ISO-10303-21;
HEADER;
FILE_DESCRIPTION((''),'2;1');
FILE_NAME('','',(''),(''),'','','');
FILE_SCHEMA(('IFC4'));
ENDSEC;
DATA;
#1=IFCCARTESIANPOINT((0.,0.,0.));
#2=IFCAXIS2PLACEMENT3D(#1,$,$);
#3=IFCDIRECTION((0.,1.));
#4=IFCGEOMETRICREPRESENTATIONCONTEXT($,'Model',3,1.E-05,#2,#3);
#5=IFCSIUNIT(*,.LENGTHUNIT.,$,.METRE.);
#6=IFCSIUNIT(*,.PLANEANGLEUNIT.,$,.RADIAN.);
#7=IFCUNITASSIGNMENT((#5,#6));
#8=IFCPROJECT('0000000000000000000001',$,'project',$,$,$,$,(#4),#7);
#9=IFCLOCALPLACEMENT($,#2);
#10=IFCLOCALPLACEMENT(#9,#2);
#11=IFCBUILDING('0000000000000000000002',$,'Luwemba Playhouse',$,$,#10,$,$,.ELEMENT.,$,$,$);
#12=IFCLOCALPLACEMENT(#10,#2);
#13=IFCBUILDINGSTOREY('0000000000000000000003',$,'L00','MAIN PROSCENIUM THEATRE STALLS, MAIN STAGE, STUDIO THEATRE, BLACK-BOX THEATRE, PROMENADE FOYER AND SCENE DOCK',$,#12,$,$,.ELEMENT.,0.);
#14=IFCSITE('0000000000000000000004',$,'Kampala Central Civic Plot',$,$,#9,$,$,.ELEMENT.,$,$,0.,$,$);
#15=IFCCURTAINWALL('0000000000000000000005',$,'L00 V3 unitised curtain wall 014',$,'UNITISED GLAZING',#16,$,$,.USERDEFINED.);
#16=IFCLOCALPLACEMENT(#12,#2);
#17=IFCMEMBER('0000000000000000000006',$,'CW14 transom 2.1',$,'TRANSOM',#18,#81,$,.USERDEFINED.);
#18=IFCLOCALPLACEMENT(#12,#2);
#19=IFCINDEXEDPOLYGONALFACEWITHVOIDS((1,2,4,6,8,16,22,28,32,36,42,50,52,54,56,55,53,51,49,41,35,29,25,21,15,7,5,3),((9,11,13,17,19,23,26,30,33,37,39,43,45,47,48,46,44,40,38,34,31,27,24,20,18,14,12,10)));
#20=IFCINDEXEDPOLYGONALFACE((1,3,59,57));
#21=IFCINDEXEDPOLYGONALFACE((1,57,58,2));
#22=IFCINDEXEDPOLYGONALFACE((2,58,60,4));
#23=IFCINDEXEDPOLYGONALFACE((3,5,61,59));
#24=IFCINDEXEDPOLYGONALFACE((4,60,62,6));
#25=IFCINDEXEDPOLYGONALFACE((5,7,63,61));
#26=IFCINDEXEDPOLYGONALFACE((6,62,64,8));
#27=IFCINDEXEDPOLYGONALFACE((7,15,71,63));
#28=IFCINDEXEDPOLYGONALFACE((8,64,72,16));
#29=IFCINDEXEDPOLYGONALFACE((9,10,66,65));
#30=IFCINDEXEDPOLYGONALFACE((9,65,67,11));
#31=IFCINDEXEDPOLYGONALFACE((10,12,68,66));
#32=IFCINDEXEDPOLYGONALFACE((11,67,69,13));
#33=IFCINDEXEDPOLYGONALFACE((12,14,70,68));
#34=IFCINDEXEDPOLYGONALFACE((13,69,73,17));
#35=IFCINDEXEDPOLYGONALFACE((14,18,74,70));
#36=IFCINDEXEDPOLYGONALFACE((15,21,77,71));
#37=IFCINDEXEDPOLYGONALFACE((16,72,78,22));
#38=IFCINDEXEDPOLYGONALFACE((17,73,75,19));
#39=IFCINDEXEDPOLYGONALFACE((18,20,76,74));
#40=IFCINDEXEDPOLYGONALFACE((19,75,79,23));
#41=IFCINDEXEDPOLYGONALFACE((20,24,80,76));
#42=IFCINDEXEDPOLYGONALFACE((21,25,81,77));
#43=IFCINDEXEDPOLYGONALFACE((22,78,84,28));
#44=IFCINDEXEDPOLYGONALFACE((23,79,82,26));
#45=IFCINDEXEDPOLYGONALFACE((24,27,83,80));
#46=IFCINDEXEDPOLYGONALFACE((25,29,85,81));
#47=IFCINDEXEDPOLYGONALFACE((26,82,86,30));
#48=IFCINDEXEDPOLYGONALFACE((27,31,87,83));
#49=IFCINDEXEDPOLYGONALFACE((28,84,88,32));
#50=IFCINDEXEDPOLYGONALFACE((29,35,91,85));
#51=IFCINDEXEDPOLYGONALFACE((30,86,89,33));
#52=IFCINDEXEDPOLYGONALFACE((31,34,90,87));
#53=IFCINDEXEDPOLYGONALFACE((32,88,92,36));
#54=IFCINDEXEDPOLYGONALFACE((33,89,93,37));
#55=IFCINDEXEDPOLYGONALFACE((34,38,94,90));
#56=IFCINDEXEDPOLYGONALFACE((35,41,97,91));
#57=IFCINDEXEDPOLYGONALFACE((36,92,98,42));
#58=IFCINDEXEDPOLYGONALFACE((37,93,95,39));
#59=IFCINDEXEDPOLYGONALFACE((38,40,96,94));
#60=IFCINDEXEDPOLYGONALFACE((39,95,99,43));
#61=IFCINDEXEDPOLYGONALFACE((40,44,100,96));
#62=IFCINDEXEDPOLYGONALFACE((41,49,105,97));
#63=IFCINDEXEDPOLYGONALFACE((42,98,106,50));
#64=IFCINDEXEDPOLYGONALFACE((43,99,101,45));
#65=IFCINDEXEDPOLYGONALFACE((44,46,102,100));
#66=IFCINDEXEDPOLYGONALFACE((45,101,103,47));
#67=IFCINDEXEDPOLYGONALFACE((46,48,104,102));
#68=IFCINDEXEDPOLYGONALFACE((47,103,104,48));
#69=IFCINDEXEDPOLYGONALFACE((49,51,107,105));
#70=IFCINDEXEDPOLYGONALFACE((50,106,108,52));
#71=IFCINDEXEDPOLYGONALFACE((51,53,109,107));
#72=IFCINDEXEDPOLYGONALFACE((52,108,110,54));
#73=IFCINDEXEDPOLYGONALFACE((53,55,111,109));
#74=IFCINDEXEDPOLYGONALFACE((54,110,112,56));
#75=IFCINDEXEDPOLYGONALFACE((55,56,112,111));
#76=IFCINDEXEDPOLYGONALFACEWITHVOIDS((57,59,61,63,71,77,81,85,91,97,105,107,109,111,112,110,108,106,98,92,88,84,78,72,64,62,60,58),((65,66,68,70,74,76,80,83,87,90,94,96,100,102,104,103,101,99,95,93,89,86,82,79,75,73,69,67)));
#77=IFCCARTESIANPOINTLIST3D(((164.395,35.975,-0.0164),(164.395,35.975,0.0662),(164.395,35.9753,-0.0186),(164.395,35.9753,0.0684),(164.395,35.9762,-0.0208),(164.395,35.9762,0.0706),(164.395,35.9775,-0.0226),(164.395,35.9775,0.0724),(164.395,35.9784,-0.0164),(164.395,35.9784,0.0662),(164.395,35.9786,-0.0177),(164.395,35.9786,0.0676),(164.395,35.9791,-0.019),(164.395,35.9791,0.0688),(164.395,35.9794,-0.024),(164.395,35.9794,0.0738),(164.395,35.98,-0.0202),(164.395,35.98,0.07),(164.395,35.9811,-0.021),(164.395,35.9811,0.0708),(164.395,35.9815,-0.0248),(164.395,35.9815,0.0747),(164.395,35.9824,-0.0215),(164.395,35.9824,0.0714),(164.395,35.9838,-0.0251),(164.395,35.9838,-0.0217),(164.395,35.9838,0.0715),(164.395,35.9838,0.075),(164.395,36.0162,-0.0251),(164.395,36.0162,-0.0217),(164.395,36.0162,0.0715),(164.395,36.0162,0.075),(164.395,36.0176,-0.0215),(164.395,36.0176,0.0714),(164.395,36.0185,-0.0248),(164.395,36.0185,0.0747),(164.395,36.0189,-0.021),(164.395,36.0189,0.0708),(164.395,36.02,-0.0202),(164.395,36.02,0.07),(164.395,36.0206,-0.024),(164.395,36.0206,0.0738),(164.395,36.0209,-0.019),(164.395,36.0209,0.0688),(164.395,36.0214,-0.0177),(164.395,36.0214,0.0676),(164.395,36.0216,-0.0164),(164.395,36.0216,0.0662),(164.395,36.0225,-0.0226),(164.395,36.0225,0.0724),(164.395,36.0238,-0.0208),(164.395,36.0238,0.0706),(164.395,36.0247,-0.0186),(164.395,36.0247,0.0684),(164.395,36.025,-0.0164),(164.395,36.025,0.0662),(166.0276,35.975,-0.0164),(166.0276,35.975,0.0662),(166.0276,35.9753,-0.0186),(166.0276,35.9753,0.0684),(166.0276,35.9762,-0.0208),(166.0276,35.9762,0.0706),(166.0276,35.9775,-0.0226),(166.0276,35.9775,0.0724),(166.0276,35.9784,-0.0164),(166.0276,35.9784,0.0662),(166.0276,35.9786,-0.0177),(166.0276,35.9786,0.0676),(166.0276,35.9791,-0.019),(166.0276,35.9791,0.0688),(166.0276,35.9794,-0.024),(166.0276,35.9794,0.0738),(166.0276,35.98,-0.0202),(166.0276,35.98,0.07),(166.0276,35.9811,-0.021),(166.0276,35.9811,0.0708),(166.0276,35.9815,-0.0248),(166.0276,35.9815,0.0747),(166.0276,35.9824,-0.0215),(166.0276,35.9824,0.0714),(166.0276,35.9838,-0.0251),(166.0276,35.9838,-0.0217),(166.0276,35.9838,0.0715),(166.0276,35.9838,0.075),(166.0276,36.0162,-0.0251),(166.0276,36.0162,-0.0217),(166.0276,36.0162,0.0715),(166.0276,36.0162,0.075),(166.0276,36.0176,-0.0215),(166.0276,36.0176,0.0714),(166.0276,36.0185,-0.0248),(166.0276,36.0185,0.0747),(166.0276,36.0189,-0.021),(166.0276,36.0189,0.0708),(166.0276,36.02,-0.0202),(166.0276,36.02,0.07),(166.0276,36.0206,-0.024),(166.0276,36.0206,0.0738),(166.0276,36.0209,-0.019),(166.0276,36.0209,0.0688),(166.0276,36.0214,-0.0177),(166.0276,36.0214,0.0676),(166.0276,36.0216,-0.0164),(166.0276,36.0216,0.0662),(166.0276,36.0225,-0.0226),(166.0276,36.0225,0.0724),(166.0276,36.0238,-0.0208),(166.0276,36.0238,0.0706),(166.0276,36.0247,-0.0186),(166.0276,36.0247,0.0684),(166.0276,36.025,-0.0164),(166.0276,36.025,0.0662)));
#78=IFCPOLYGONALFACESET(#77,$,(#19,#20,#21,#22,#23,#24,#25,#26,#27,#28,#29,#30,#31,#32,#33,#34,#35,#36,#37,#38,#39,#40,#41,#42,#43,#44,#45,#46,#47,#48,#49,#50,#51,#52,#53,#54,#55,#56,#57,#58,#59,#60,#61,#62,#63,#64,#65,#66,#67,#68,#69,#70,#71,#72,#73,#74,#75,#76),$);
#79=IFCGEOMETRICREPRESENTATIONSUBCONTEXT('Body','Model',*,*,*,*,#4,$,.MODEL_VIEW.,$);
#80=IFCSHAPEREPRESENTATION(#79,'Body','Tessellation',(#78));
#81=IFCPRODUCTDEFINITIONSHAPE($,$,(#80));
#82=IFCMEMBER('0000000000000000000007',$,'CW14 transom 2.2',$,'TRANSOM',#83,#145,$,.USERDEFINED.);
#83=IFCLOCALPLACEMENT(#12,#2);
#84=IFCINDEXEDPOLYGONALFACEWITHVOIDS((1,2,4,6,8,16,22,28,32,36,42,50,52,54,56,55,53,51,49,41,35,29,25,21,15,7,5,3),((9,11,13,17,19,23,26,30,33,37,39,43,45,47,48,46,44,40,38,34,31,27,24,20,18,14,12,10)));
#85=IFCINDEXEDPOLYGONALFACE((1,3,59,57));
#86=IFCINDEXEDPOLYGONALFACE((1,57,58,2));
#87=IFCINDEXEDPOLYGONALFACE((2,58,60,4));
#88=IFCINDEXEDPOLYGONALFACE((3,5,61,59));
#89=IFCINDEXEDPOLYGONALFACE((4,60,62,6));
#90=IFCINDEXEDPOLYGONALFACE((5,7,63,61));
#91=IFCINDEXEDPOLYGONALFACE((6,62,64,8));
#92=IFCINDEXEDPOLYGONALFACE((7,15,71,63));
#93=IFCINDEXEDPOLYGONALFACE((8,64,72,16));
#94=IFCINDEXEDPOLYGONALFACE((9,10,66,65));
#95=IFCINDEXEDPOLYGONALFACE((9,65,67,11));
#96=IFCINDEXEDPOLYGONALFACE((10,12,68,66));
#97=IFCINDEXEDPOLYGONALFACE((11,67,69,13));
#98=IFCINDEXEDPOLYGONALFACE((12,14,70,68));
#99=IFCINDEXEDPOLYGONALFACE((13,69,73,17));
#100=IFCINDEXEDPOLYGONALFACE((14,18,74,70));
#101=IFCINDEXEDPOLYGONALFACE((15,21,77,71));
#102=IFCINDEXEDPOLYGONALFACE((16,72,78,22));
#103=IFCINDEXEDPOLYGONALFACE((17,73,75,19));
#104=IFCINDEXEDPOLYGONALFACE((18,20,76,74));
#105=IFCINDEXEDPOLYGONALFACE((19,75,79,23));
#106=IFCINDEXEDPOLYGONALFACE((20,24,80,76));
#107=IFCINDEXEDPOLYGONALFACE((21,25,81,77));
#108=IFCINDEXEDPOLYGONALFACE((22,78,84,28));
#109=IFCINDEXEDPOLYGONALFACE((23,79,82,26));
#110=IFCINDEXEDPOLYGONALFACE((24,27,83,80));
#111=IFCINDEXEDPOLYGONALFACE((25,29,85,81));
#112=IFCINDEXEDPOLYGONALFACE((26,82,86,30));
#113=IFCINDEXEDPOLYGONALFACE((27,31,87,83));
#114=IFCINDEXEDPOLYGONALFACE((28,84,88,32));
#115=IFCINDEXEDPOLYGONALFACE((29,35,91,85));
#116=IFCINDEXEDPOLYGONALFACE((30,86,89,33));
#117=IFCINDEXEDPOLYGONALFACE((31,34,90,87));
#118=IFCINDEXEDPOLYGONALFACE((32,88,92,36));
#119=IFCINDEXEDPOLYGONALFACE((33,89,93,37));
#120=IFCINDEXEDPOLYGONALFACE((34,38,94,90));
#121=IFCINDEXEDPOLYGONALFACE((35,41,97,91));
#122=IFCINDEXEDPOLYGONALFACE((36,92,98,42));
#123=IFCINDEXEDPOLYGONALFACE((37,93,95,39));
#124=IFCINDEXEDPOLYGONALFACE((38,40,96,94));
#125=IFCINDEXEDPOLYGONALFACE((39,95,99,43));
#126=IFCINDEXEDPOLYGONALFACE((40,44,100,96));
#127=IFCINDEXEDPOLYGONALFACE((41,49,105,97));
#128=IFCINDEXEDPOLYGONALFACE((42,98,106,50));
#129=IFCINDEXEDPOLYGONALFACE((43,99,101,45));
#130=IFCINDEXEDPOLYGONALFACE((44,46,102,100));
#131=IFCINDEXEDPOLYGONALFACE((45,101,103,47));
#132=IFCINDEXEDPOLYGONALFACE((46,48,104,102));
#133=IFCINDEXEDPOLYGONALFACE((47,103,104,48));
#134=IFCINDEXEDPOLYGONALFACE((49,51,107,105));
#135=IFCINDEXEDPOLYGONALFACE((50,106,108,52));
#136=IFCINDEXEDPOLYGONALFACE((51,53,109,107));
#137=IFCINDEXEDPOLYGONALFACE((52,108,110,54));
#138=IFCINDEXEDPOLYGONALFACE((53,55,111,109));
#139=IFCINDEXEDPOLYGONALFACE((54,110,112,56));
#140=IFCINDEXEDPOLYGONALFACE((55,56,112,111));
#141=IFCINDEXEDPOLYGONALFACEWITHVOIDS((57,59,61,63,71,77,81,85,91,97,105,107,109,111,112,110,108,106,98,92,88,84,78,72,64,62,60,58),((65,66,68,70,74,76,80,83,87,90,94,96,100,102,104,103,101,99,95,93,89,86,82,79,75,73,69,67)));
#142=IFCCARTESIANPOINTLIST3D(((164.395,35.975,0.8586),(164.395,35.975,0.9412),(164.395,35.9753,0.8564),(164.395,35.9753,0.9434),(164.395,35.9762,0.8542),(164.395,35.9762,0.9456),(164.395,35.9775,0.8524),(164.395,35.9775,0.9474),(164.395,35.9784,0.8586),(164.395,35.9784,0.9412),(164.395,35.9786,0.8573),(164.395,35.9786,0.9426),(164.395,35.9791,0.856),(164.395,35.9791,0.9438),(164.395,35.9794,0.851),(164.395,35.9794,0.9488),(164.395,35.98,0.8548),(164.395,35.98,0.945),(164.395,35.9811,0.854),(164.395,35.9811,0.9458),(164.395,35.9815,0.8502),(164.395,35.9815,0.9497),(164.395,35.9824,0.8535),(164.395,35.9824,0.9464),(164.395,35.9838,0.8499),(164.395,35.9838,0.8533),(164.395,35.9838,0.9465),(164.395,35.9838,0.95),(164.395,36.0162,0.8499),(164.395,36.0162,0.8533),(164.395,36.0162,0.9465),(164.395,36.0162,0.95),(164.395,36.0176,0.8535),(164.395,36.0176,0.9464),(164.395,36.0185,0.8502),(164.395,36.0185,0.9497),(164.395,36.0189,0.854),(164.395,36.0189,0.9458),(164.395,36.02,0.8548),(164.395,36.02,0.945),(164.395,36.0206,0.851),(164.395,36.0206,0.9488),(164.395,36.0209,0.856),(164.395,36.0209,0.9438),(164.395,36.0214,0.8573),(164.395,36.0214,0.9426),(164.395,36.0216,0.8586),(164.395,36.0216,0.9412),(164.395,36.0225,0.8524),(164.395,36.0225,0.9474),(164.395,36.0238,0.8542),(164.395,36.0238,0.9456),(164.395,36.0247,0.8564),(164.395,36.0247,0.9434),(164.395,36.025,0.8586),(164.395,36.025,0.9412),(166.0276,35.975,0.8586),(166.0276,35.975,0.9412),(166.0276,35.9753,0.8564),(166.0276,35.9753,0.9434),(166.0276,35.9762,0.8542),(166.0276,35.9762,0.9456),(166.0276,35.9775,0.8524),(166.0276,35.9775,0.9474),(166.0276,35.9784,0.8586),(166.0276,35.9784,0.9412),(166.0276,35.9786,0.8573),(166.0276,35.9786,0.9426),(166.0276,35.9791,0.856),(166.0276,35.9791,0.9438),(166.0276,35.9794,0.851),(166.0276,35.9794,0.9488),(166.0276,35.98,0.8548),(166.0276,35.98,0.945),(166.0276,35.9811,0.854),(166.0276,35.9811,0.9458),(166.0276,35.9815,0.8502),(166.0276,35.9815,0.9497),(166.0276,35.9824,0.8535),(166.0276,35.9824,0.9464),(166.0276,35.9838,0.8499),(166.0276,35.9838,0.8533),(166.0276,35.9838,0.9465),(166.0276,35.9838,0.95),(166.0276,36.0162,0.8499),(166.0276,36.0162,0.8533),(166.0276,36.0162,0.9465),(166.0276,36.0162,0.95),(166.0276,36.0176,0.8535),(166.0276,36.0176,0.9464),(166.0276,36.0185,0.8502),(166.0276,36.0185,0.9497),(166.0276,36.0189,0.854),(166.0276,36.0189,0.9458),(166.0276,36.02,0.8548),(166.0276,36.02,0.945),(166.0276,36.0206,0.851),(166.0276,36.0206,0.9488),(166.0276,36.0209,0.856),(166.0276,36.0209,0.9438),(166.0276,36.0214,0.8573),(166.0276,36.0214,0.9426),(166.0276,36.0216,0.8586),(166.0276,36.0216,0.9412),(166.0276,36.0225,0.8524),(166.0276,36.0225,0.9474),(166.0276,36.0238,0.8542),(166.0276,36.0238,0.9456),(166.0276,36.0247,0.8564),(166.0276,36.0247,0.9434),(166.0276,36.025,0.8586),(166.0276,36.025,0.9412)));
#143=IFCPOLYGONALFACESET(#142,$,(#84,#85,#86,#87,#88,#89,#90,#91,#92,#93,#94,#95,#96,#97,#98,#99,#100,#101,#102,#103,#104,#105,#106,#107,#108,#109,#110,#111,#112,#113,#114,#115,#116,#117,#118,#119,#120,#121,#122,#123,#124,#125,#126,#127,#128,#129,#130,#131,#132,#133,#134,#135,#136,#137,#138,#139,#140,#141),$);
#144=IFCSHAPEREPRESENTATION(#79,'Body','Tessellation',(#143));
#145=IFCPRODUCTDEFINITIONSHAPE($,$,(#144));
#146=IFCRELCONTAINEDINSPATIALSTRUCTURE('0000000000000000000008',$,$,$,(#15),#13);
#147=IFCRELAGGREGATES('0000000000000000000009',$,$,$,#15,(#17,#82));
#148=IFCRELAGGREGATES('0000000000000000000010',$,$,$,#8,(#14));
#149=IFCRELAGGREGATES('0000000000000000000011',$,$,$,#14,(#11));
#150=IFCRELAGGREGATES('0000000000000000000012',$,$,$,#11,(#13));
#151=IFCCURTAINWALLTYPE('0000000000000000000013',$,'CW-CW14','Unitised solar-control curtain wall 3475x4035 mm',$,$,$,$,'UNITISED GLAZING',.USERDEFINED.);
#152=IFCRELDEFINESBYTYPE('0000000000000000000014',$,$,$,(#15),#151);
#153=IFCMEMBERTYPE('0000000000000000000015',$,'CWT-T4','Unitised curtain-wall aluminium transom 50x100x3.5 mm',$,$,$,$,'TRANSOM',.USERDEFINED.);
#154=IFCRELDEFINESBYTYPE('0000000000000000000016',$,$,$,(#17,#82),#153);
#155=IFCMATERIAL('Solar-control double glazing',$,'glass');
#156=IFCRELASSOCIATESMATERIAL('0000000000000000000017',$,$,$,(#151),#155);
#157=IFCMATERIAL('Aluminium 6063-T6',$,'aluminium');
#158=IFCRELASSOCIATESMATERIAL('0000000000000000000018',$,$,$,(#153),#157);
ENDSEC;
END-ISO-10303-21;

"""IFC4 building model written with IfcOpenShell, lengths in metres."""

from ifc_helpers import new_model, si_unit, direction, frame, origin, origin_2d, place, context, subcontext, project, spatial, hollow_rectangle, extrude, material, material_profile, profile_set, type_object, element, aggregate, save


model = new_model("IFC4")

# Units and contexts
model_context = context("Model", 3, precision=1e-05, world=origin(), true_north=direction((0.0, 1.0)))
body_context = subcontext(model_context, "Body", "Model", "MODEL_VIEW")
ifc_project = project(units=[si_unit("LENGTHUNIT", "METRE"), si_unit("PLANEANGLEUNIT", "RADIAN")], contexts=[model_context])

# Site, building, storey
site_placement = place(None, origin())
site = spatial("IfcSite", under=ifc_project, at=site_placement, Name="Kampala Central Civic Plot", CompositionType="ELEMENT", RefElevation=0.0)
building_placement = place(site_placement, origin())
building = spatial("IfcBuilding", under=site, at=building_placement, Name="Luwemba Playhouse", CompositionType="ELEMENT")
storey_placement = place(building_placement, origin())
storey = spatial("IfcBuildingStorey", under=building, at=storey_placement, Name="L00", Description="MAIN PROSCENIUM THEATRE STALLS, MAIN STAGE, STUDIO THEATRE, BLACK-BOX THEATRE, PROMENADE FOYER AND SCENE DOCK", CompositionType="ELEMENT", Elevation=0.0)

# Curtain wall, members
ifc_material_1 = material(Name="Solar-control double glazing", Category="glass")
curtain_wall_type = type_object("IfcCurtainWallType", Name="CW-CW14", Description="Unitised solar-control curtain wall 3475x4035 mm", ElementType="UNITISED GLAZING", PredefinedType="USERDEFINED", material=ifc_material_1)
curtain_wall_placement = place(storey_placement, origin())
curtain_wall = element("IfcCurtainWall", 1, at=curtain_wall_placement, inside=storey, type_object=curtain_wall_type, Name="L00 V3 unitised curtain wall 014", ObjectType="UNITISED GLAZING", PredefinedType="USERDEFINED")
ifc_material_2 = material(Name="Aluminium 6063-T6", Category="aluminium")
ifc_material_profile_1 = material_profile(ifc_material_2, hollow_rectangle(XDim=0.05, YDim=0.1001, WallThickness=0.0034, InnerFilletRadius=0.0054, OuterFilletRadius=0.0088, at=origin_2d()))
ifc_profile_set_1 = profile_set([ifc_material_profile_1], Name="Aluminium 6063-T6")
member_type_1 = type_object("IfcMemberType", Name="CWT-T4", Description="Unitised curtain-wall aluminium transom 50x100x3.5 mm", ElementType="TRANSOM", PredefinedType="USERDEFINED", material=ifc_profile_set_1)
member_1_placement = place(storey_placement, frame((166.0276, 36.0, 0.0249), z_axis=(-1.0, 0.0, 0.0), x_axis=(0.0, -1.0, 0.0)))
member_1 = element("IfcMember", 2, at=member_1_placement, type_object=member_type_1, Name="CW14 transom 2.1", ObjectType="TRANSOM", PredefinedType="USERDEFINED", context=body_context, shape_type="SweptSolid", body=[
    extrude(hollow_rectangle(XDim=0.05, YDim=0.1001, WallThickness=0.0034, InnerFilletRadius=0.0054, OuterFilletRadius=0.0088, at=origin_2d()), origin(), (0.0, 0.0, 1.0), 1.6326),
])
member_2_placement = place(storey_placement, frame((166.0276, 36.0, 0.8999), z_axis=(-1.0, 0.0, 0.0), x_axis=(0.0, -1.0, 0.0)))
member_2 = element("IfcMember", 3, at=member_2_placement, type_object=member_type_1, Name="CW14 transom 2.2", ObjectType="TRANSOM", PredefinedType="USERDEFINED", context=body_context, shape_type="SweptSolid", body=[
    extrude(hollow_rectangle(XDim=0.05, YDim=0.1001, WallThickness=0.0034, InnerFilletRadius=0.0054, OuterFilletRadius=0.0088, at=origin_2d()), origin(), (0.0, 0.0, 1.0), 1.6326),
])
aggregate(curtain_wall, [member_1, member_2])

save(model, "model.ifc")
